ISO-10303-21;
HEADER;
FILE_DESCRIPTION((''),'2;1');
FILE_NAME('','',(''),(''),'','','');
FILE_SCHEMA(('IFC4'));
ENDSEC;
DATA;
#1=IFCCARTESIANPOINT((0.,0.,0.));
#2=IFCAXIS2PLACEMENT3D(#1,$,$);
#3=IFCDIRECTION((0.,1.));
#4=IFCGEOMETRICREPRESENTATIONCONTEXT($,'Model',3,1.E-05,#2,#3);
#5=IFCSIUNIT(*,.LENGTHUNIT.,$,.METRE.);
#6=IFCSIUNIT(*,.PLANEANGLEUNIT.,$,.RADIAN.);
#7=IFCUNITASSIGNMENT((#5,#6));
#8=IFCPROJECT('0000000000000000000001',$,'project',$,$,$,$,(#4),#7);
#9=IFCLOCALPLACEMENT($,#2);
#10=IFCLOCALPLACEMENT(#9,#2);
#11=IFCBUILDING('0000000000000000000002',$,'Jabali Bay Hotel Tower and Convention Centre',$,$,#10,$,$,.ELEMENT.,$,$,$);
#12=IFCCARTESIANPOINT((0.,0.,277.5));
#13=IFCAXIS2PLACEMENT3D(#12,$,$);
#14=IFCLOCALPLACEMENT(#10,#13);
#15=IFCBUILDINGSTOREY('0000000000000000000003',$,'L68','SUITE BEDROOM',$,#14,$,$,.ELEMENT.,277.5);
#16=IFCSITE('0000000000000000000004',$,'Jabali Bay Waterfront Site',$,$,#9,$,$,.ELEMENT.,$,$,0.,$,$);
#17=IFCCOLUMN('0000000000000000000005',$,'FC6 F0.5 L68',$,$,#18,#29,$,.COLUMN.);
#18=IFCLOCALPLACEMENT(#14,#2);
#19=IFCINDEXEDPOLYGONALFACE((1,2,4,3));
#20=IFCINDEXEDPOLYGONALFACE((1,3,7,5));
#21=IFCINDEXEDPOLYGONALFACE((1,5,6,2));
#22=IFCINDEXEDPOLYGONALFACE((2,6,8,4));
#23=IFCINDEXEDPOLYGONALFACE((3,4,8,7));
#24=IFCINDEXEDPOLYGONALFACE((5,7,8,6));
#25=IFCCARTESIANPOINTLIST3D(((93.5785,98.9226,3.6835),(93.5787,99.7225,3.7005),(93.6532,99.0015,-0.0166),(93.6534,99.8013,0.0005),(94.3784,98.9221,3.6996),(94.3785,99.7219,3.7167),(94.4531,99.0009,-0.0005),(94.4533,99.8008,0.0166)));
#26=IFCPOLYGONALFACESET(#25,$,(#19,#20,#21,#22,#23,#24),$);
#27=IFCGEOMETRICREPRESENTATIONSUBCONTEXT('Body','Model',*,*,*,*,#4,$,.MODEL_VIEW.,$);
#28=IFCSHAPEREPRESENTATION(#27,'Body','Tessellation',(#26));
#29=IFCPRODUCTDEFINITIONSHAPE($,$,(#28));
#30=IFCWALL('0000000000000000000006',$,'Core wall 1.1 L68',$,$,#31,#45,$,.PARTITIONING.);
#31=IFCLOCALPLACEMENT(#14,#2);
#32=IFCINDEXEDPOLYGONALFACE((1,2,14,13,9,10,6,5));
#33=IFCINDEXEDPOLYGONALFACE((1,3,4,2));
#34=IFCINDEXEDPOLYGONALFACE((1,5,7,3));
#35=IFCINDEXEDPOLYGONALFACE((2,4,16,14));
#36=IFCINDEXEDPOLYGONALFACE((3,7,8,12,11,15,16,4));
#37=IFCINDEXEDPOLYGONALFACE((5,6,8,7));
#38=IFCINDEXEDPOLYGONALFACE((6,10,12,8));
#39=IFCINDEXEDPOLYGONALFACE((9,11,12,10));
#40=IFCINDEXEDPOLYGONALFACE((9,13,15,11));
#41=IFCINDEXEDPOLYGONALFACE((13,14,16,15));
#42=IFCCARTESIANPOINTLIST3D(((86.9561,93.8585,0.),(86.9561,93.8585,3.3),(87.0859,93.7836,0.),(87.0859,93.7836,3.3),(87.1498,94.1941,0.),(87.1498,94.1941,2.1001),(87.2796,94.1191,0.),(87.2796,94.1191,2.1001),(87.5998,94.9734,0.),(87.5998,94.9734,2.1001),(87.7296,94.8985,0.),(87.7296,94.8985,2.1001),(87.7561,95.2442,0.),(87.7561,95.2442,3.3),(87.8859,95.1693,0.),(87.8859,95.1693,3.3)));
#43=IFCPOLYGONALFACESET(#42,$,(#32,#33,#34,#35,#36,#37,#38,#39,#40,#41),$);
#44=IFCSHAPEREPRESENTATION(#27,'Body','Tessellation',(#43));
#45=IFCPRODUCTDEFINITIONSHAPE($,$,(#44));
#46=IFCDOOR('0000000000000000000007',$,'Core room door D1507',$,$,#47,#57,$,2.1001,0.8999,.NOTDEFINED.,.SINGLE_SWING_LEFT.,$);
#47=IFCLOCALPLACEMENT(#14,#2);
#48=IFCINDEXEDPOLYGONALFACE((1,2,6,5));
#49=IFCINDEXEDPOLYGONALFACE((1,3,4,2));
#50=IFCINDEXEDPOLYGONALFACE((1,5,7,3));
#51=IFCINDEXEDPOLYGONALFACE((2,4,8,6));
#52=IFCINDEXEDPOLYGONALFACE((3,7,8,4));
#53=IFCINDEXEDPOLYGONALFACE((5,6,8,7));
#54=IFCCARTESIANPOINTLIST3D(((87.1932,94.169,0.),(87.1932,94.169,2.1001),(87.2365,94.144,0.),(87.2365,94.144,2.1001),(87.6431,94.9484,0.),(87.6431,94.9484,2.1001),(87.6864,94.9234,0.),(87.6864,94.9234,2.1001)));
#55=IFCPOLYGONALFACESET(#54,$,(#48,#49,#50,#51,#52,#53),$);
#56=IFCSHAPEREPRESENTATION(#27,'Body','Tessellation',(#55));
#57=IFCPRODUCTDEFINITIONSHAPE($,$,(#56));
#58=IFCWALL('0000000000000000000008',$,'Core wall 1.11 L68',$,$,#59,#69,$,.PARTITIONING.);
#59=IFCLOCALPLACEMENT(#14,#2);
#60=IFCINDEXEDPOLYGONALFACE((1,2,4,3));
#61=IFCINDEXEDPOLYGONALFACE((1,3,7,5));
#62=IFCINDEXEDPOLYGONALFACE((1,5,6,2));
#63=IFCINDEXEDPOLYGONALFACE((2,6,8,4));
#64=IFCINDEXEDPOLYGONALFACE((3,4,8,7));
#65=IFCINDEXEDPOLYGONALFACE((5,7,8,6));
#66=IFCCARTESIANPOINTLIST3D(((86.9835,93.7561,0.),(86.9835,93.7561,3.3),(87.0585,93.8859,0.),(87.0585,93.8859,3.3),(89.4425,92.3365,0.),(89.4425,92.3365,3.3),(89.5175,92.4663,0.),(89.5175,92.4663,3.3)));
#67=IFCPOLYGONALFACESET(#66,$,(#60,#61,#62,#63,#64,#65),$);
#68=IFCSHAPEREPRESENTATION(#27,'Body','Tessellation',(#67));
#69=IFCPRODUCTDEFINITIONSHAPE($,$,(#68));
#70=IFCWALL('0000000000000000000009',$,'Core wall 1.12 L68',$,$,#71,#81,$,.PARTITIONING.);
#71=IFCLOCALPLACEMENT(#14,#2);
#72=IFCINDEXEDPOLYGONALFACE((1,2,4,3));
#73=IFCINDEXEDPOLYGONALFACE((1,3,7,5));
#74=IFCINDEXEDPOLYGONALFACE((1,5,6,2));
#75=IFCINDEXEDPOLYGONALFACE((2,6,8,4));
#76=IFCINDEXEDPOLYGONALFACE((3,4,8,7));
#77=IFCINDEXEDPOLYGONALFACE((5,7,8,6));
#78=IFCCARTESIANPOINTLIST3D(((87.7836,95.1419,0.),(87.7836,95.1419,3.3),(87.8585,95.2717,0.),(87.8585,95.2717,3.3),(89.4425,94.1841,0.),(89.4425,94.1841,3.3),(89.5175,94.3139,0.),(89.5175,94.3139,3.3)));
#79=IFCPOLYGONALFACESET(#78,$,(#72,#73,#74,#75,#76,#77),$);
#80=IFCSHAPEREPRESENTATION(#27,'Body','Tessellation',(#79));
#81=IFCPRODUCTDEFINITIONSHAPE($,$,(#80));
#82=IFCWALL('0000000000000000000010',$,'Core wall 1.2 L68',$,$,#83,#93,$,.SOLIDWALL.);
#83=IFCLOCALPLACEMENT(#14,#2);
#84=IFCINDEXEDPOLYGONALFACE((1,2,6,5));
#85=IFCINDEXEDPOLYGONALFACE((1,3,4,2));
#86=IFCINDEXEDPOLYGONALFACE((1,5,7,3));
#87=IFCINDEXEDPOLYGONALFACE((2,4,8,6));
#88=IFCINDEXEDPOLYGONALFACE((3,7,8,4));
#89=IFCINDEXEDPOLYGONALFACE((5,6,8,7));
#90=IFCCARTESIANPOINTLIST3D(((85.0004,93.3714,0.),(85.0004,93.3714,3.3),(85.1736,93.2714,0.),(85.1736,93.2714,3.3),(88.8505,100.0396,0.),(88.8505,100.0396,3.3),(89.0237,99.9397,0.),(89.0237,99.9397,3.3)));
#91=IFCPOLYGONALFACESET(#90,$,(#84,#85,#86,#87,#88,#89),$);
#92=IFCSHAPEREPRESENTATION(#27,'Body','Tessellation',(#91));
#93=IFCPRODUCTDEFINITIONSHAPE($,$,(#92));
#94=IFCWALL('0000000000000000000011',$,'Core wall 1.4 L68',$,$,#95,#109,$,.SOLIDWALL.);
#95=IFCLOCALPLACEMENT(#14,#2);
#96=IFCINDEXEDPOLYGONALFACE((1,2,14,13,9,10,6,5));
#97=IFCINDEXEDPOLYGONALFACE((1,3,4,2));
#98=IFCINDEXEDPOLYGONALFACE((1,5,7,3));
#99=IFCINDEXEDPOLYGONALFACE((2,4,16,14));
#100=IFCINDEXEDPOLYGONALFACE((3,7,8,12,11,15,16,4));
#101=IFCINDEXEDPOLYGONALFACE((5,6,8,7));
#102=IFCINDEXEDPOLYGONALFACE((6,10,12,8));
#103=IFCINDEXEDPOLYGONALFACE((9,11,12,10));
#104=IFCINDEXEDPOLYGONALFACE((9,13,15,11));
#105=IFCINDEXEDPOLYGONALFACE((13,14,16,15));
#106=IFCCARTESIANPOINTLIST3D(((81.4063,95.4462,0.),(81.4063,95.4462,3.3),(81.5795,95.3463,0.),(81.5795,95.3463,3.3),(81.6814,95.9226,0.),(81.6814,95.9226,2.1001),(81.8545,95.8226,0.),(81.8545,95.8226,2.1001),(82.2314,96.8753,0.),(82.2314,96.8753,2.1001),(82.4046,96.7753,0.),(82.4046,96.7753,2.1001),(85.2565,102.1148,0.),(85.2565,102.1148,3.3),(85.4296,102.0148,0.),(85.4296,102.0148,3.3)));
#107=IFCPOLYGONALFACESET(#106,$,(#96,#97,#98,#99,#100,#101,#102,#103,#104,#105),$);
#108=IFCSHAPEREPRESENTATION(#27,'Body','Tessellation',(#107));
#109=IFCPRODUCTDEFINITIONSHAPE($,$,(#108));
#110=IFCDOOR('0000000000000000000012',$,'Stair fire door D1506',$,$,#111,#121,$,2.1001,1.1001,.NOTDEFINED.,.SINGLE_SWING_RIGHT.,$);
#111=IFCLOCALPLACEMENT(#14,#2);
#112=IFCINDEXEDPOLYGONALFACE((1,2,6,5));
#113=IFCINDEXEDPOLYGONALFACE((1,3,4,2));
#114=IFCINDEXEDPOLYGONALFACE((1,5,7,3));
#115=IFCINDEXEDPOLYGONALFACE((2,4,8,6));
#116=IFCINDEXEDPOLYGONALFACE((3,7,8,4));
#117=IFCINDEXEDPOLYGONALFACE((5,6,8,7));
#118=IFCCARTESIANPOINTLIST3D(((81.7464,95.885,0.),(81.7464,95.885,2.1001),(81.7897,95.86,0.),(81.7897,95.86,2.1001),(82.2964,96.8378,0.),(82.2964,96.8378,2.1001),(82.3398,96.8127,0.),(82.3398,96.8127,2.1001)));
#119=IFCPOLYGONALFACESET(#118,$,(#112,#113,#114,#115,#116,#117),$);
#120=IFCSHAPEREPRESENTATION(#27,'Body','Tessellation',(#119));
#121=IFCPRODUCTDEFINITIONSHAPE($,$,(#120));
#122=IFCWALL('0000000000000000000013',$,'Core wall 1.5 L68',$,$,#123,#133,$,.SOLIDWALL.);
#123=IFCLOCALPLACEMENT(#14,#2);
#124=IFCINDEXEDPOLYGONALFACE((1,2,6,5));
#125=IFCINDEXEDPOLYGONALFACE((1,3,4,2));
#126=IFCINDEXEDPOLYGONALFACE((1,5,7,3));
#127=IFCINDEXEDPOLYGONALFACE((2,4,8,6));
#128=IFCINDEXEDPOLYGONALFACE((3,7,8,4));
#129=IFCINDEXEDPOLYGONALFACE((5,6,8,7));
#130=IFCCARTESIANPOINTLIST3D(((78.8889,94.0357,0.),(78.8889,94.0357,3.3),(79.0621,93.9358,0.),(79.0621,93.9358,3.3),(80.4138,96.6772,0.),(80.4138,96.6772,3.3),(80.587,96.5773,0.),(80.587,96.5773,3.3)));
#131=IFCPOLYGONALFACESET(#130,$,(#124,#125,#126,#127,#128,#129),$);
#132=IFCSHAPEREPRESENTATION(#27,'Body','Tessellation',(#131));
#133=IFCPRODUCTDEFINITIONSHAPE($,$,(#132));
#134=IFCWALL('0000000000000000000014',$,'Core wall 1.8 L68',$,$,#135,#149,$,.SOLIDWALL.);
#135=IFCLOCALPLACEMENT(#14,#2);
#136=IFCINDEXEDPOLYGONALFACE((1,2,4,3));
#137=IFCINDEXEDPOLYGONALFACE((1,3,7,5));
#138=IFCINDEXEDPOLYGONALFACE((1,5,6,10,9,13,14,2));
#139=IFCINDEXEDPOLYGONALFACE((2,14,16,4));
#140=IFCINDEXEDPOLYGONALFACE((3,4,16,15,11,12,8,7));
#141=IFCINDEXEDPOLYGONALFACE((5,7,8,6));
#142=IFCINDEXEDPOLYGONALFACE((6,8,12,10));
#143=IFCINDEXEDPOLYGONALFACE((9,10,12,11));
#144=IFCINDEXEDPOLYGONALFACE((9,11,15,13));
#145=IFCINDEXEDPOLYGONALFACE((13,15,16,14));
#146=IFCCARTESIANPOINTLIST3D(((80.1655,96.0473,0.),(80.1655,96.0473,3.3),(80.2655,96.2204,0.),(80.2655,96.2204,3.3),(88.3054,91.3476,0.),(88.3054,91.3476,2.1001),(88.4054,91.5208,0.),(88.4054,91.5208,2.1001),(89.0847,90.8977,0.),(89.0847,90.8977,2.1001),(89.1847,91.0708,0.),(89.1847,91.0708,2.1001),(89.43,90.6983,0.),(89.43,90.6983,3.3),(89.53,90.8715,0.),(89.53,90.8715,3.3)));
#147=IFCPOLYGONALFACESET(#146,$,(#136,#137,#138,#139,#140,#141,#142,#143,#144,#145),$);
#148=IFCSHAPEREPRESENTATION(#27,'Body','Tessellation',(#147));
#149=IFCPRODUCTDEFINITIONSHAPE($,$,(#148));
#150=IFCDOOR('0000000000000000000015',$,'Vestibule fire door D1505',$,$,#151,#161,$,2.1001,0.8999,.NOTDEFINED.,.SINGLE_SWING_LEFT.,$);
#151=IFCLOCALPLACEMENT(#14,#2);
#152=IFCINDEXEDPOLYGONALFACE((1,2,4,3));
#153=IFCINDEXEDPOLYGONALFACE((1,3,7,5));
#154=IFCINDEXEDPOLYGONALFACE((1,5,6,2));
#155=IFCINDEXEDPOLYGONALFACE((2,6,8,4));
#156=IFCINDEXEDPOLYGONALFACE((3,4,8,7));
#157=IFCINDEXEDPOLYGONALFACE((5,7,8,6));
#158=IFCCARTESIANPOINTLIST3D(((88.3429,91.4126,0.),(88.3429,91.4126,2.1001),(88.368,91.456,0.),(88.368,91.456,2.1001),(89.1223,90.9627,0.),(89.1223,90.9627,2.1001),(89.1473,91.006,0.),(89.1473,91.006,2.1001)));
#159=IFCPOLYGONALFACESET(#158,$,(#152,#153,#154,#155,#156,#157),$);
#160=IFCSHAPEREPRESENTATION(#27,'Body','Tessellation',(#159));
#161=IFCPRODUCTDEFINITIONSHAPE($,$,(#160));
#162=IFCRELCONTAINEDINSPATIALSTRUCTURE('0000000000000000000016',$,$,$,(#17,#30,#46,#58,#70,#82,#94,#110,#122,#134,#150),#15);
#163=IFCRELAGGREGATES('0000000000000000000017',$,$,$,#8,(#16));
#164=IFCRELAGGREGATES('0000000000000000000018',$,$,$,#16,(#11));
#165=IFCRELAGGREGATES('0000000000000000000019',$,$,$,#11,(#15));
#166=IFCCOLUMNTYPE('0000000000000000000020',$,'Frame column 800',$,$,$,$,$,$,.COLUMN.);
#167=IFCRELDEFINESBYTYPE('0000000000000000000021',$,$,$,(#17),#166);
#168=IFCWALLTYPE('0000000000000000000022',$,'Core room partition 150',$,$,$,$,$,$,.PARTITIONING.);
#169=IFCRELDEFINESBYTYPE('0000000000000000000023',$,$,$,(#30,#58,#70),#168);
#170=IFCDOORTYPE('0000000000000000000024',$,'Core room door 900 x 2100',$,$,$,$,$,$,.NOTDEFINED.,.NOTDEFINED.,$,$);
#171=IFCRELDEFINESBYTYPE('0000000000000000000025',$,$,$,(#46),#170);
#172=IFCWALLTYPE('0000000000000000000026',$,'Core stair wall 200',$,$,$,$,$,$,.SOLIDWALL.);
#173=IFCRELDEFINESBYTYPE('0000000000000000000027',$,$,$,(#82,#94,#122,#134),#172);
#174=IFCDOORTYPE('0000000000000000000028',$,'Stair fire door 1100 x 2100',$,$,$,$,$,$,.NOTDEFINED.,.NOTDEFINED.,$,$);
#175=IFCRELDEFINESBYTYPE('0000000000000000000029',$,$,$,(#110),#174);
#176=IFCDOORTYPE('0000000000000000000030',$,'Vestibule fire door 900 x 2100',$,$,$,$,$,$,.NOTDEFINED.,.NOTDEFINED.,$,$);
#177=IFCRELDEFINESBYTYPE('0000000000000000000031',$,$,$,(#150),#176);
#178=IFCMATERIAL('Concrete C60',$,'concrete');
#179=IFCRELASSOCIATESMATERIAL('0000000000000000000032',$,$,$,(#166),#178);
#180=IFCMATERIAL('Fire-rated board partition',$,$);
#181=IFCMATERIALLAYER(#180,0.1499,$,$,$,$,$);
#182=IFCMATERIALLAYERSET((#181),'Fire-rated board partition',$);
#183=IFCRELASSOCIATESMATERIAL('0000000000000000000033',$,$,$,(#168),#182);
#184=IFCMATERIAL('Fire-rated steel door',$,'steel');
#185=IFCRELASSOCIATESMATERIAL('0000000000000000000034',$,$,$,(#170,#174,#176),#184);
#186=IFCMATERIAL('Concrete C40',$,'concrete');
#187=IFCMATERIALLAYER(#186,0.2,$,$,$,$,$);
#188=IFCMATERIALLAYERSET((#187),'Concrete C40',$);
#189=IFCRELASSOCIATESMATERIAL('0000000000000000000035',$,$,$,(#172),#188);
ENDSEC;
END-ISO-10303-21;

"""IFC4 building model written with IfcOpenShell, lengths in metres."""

from ifc_helpers import new_model, si_unit, direction, frame, frame_2d, origin, origin_2d, place, context, subcontext, project, spatial, rectangle, extrude, material, layer, layer_set, material_profile, profile_set, type_object, element, fill, save


model = new_model("IFC4")

# Units and contexts
model_context = context("Model", 3, precision=1e-05, world=origin(), true_north=direction((0.0, 1.0)))
body_context = subcontext(model_context, "Body", "Model", "MODEL_VIEW")
ifc_project = project(units=[si_unit("LENGTHUNIT", "METRE"), si_unit("PLANEANGLEUNIT", "RADIAN")], contexts=[model_context])

# Site, building, storey
site_placement = place(None, origin())
site = spatial("IfcSite", under=ifc_project, at=site_placement, Name="Jabali Bay Waterfront Site", CompositionType="ELEMENT", RefElevation=0.0)
building_placement = place(site_placement, origin())
building = spatial("IfcBuilding", under=site, at=building_placement, Name="Jabali Bay Hotel Tower and Convention Centre", CompositionType="ELEMENT")
storey_placement = place(building_placement, frame((0.0, 0.0, 277.5)))
storey = spatial("IfcBuildingStorey", under=building, at=storey_placement, Name="L68", Description="SUITE BEDROOM", CompositionType="ELEMENT", Elevation=277.5)

# Column
ifc_material_1 = material(Name="Concrete C60", Category="concrete")
ifc_material_profile = material_profile(ifc_material_1, rectangle(XDim=0.8, YDim=0.8, at=origin_2d()), Name="Frame column 800")
ifc_profile_set = profile_set([ifc_material_profile], Name="Concrete C60")
column_type = type_object("IfcColumnType", Name="Frame column 800", PredefinedType="COLUMN", material=ifc_profile_set)
column_placement = place(storey_placement, frame((94.0532, 99.4011, 0.0), z_axis=(-0.020183, -0.021304, 0.999569), x_axis=(0.999796, -0.000652, 0.020173)))
element("IfcColumn", 1, at=column_placement, inside=storey, type_object=column_type, Name="FC6 F0.5 L68", PredefinedType="COLUMN", context=body_context, shape_type="SweptSolid", body=[
    extrude(rectangle(XDim=0.8, YDim=0.8, at=origin_2d()), origin(), (0.0, 0.0, 1.0), 3.7017),
])

# Wall, opening, door
ifc_material_2 = material(Name="Fire-rated board partition")
ifc_layer_1 = layer(ifc_material_2, 0.1499)
ifc_layer_set_1 = layer_set([ifc_layer_1], Name="Fire-rated board partition")
wall_type_1 = type_object("IfcWallType", Name="Core room partition 150", PredefinedType="PARTITIONING", material=ifc_layer_set_1)
wall_1_placement = place(storey_placement, frame((87.021, 93.821, 0.0), z_axis=(0.0, 0.0, 1.0), x_axis=(0.499995, 0.866028, 0.0)))
wall_1 = element("IfcWall", 2, at=wall_1_placement, inside=storey, type_object=wall_type_1, Name="Core wall 1.1 L68", PredefinedType="PARTITIONING", context=body_context, shape_type="SweptSolid", body=[
    extrude(rectangle(XDim=1.6001, YDim=0.1499, at=frame_2d((0.8, 0.0))), origin(), (0.0, 0.0, 1.0), 3.3),
])
opening_1_placement = place(wall_1_placement, frame((0.3875, 0.0, 0.0)))
opening_1 = element("IfcOpeningElement", 3, at=opening_1_placement, cuts=wall_1, PredefinedType="OPENING", context=body_context, shape_type="SweptSolid", body=[
    extrude(rectangle(XDim=0.8999, YDim=2.1001, at=frame_2d((0.45, 1.05))), frame((0.0, 0.0854, 0.0), z_axis=(0.0, -1.0, 0.0), x_axis=(1.0, 0.0, 0.0)), (0.0, 0.0, 1.0), 0.1709),
])
ifc_material_3 = material(Name="Fire-rated steel door", Category="steel")
door_type_1 = type_object("IfcDoorType", Name="Core room door 900 x 2100", OperationType="NOTDEFINED", PredefinedType="NOTDEFINED", material=ifc_material_3)
door_1_placement = place(opening_1_placement, origin())
door_1 = element("IfcDoor", 4, at=door_1_placement, inside=storey, type_object=door_type_1, Name="Core room door D1507", OperationType="SINGLE_SWING_LEFT", OverallHeight=2.1001, OverallWidth=0.8999, PredefinedType="NOTDEFINED", context=body_context, shape_type="SweptSolid", body=[
    extrude(rectangle(XDim=0.8999, YDim=2.1001, at=frame_2d((0.45, 1.05))), frame((0.0, 0.0249, 0.0), z_axis=(0.0, -1.0, 0.0), x_axis=(1.0, 0.0, 0.0)), (0.0, 0.0, 1.0), 0.05),
])
fill(opening_1, door_1)

# Walls
wall_2_placement = place(storey_placement, frame((89.48, 92.4014, 0.0), z_axis=(0.0, 0.0, 1.0), x_axis=(-0.866028, 0.499995, 0.0)))
element("IfcWall", 5, at=wall_2_placement, inside=storey, type_object=wall_type_1, Name="Core wall 1.11 L68", PredefinedType="PARTITIONING", context=body_context, shape_type="SweptSolid", body=[
    extrude(rectangle(XDim=2.8394, YDim=0.1499, at=frame_2d((1.4197, 0.0))), origin(), (0.0, 0.0, 1.0), 3.3),
])
wall_3_placement = place(storey_placement, frame((89.48, 94.249, 0.0), z_axis=(0.0, 0.0, 1.0), x_axis=(-0.866031, 0.499991, 0.0)))
element("IfcWall", 6, at=wall_3_placement, inside=storey, type_object=wall_type_1, Name="Core wall 1.12 L68", PredefinedType="PARTITIONING", context=body_context, shape_type="SweptSolid", body=[
    extrude(rectangle(XDim=1.9155, YDim=0.1499, at=frame_2d((0.9578, 0.0))), origin(), (0.0, 0.0, 1.0), 3.3),
])
ifc_material_4 = material(Name="Concrete C40", Category="concrete")
ifc_layer_2 = layer(ifc_material_4, 0.2)
ifc_layer_set_2 = layer_set([ifc_layer_2], Name="Concrete C40")
wall_type_2 = type_object("IfcWallType", Name="Core stair wall 200", PredefinedType="SOLIDWALL", material=ifc_layer_set_2)
wall_4_placement = place(storey_placement, frame((85.0869, 93.3213, 0.0), z_axis=(0.0, 0.0, 1.0), x_axis=(0.50002, 0.866014, 0.0)))
element("IfcWall", 7, at=wall_4_placement, inside=storey, type_object=wall_type_2, Name="Core wall 1.2 L68", PredefinedType="SOLIDWALL", context=body_context, shape_type="SweptSolid", body=[
    extrude(rectangle(XDim=7.7, YDim=0.2, at=frame_2d((3.8501, 0.0))), origin(), (0.0, 0.0, 1.0), 3.3),
])

# Wall, opening, door
wall_5_placement = place(storey_placement, frame((81.4929, 95.3962, 0.0), z_axis=(0.0, 0.0, 1.0), x_axis=(0.500006, 0.866022, 0.0)))
wall_5 = element("IfcWall", 8, at=wall_5_placement, inside=storey, type_object=wall_type_2, Name="Core wall 1.4 L68", PredefinedType="SOLIDWALL", context=body_context, shape_type="SweptSolid", body=[
    extrude(rectangle(XDim=7.7002, YDim=0.2, at=frame_2d((3.8501, 0.0))), origin(), (0.0, 0.0, 1.0), 3.3),
])
opening_2_placement = place(wall_5_placement, frame((0.55, 0.0, 0.0)))
opening_2 = element("IfcOpeningElement", 9, at=opening_2_placement, cuts=wall_5, PredefinedType="OPENING", context=body_context, shape_type="SweptSolid", body=[
    extrude(rectangle(XDim=1.1001, YDim=2.1001, at=frame_2d((0.55, 1.05))), frame((0.0, 0.1104, 0.0), z_axis=(0.0, -1.0, 0.0), x_axis=(1.0, 0.0, 0.0)), (0.0, 0.0, 1.0), 0.2209),
])
door_type_2 = type_object("IfcDoorType", Name="Stair fire door 1100 x 2100", OperationType="NOTDEFINED", PredefinedType="NOTDEFINED", material=ifc_material_3)
door_2_placement = place(opening_2_placement, origin())
door_2 = element("IfcDoor", 10, at=door_2_placement, inside=storey, type_object=door_type_2, Name="Stair fire door D1506", OperationType="SINGLE_SWING_RIGHT", OverallHeight=2.1001, OverallWidth=1.1001, PredefinedType="NOTDEFINED", context=body_context, shape_type="SweptSolid", body=[
    extrude(rectangle(XDim=1.1001, YDim=2.1001, at=frame_2d((0.55, 1.05))), frame((0.0, 0.0249, 0.0), z_axis=(0.0, -1.0, 0.0), x_axis=(1.0, 0.0, 0.0)), (0.0, 0.0, 1.0), 0.05),
])
fill(opening_2, door_2)

# Wall
wall_6_placement = place(storey_placement, frame((78.9756, 93.9858, 0.0), z_axis=(0.0, 0.0, 1.0), x_axis=(0.499944, 0.866058, 0.0)))
element("IfcWall", 11, at=wall_6_placement, inside=storey, type_object=wall_type_2, Name="Core wall 1.5 L68", PredefinedType="SOLIDWALL", context=body_context, shape_type="SweptSolid", body=[
    extrude(rectangle(XDim=3.05, YDim=0.2, at=frame_2d((1.5249, 0.0))), origin(), (0.0, 0.0, 1.0), 3.3),
])

# Wall, opening, door
wall_7_placement = place(storey_placement, frame((89.48, 90.7849, 0.0), z_axis=(0.0, 0.0, 1.0), x_axis=(-0.866023, 0.500005, 0.0)))
wall_7 = element("IfcWall", 12, at=wall_7_placement, inside=storey, type_object=wall_type_2, Name="Core wall 1.8 L68", PredefinedType="SOLIDWALL", context=body_context, shape_type="SweptSolid", body=[
    extrude(rectangle(XDim=10.6978, YDim=0.2, at=frame_2d((5.3489, 0.0))), origin(), (0.0, 0.0, 1.0), 3.3),
])
opening_3_placement = place(wall_7_placement, frame((0.3987, 0.0, 0.0)))
opening_3 = element("IfcOpeningElement", 13, at=opening_3_placement, cuts=wall_7, PredefinedType="OPENING", context=body_context, shape_type="SweptSolid", body=[
    extrude(rectangle(XDim=0.8999, YDim=2.1001, at=frame_2d((0.45, 1.05))), frame((0.0, 0.1104, 0.0), z_axis=(0.0, -1.0, 0.0), x_axis=(1.0, 0.0, 0.0)), (0.0, 0.0, 1.0), 0.2209),
])
door_type_3 = type_object("IfcDoorType", Name="Vestibule fire door 900 x 2100", OperationType="NOTDEFINED", PredefinedType="NOTDEFINED", material=ifc_material_3)
door_3_placement = place(opening_3_placement, origin())
door_3 = element("IfcDoor", 14, at=door_3_placement, inside=storey, type_object=door_type_3, Name="Vestibule fire door D1505", OperationType="SINGLE_SWING_LEFT", OverallHeight=2.1001, OverallWidth=0.8999, PredefinedType="NOTDEFINED", context=body_context, shape_type="SweptSolid", body=[
    extrude(rectangle(XDim=0.8999, YDim=2.1001, at=frame_2d((0.45, 1.05))), frame((0.0, 0.0249, 0.0), z_axis=(0.0, -1.0, 0.0), x_axis=(1.0, 0.0, 0.0)), (0.0, 0.0, 1.0), 0.05),
])
fill(opening_3, door_3)

save(model, "model.ifc")
